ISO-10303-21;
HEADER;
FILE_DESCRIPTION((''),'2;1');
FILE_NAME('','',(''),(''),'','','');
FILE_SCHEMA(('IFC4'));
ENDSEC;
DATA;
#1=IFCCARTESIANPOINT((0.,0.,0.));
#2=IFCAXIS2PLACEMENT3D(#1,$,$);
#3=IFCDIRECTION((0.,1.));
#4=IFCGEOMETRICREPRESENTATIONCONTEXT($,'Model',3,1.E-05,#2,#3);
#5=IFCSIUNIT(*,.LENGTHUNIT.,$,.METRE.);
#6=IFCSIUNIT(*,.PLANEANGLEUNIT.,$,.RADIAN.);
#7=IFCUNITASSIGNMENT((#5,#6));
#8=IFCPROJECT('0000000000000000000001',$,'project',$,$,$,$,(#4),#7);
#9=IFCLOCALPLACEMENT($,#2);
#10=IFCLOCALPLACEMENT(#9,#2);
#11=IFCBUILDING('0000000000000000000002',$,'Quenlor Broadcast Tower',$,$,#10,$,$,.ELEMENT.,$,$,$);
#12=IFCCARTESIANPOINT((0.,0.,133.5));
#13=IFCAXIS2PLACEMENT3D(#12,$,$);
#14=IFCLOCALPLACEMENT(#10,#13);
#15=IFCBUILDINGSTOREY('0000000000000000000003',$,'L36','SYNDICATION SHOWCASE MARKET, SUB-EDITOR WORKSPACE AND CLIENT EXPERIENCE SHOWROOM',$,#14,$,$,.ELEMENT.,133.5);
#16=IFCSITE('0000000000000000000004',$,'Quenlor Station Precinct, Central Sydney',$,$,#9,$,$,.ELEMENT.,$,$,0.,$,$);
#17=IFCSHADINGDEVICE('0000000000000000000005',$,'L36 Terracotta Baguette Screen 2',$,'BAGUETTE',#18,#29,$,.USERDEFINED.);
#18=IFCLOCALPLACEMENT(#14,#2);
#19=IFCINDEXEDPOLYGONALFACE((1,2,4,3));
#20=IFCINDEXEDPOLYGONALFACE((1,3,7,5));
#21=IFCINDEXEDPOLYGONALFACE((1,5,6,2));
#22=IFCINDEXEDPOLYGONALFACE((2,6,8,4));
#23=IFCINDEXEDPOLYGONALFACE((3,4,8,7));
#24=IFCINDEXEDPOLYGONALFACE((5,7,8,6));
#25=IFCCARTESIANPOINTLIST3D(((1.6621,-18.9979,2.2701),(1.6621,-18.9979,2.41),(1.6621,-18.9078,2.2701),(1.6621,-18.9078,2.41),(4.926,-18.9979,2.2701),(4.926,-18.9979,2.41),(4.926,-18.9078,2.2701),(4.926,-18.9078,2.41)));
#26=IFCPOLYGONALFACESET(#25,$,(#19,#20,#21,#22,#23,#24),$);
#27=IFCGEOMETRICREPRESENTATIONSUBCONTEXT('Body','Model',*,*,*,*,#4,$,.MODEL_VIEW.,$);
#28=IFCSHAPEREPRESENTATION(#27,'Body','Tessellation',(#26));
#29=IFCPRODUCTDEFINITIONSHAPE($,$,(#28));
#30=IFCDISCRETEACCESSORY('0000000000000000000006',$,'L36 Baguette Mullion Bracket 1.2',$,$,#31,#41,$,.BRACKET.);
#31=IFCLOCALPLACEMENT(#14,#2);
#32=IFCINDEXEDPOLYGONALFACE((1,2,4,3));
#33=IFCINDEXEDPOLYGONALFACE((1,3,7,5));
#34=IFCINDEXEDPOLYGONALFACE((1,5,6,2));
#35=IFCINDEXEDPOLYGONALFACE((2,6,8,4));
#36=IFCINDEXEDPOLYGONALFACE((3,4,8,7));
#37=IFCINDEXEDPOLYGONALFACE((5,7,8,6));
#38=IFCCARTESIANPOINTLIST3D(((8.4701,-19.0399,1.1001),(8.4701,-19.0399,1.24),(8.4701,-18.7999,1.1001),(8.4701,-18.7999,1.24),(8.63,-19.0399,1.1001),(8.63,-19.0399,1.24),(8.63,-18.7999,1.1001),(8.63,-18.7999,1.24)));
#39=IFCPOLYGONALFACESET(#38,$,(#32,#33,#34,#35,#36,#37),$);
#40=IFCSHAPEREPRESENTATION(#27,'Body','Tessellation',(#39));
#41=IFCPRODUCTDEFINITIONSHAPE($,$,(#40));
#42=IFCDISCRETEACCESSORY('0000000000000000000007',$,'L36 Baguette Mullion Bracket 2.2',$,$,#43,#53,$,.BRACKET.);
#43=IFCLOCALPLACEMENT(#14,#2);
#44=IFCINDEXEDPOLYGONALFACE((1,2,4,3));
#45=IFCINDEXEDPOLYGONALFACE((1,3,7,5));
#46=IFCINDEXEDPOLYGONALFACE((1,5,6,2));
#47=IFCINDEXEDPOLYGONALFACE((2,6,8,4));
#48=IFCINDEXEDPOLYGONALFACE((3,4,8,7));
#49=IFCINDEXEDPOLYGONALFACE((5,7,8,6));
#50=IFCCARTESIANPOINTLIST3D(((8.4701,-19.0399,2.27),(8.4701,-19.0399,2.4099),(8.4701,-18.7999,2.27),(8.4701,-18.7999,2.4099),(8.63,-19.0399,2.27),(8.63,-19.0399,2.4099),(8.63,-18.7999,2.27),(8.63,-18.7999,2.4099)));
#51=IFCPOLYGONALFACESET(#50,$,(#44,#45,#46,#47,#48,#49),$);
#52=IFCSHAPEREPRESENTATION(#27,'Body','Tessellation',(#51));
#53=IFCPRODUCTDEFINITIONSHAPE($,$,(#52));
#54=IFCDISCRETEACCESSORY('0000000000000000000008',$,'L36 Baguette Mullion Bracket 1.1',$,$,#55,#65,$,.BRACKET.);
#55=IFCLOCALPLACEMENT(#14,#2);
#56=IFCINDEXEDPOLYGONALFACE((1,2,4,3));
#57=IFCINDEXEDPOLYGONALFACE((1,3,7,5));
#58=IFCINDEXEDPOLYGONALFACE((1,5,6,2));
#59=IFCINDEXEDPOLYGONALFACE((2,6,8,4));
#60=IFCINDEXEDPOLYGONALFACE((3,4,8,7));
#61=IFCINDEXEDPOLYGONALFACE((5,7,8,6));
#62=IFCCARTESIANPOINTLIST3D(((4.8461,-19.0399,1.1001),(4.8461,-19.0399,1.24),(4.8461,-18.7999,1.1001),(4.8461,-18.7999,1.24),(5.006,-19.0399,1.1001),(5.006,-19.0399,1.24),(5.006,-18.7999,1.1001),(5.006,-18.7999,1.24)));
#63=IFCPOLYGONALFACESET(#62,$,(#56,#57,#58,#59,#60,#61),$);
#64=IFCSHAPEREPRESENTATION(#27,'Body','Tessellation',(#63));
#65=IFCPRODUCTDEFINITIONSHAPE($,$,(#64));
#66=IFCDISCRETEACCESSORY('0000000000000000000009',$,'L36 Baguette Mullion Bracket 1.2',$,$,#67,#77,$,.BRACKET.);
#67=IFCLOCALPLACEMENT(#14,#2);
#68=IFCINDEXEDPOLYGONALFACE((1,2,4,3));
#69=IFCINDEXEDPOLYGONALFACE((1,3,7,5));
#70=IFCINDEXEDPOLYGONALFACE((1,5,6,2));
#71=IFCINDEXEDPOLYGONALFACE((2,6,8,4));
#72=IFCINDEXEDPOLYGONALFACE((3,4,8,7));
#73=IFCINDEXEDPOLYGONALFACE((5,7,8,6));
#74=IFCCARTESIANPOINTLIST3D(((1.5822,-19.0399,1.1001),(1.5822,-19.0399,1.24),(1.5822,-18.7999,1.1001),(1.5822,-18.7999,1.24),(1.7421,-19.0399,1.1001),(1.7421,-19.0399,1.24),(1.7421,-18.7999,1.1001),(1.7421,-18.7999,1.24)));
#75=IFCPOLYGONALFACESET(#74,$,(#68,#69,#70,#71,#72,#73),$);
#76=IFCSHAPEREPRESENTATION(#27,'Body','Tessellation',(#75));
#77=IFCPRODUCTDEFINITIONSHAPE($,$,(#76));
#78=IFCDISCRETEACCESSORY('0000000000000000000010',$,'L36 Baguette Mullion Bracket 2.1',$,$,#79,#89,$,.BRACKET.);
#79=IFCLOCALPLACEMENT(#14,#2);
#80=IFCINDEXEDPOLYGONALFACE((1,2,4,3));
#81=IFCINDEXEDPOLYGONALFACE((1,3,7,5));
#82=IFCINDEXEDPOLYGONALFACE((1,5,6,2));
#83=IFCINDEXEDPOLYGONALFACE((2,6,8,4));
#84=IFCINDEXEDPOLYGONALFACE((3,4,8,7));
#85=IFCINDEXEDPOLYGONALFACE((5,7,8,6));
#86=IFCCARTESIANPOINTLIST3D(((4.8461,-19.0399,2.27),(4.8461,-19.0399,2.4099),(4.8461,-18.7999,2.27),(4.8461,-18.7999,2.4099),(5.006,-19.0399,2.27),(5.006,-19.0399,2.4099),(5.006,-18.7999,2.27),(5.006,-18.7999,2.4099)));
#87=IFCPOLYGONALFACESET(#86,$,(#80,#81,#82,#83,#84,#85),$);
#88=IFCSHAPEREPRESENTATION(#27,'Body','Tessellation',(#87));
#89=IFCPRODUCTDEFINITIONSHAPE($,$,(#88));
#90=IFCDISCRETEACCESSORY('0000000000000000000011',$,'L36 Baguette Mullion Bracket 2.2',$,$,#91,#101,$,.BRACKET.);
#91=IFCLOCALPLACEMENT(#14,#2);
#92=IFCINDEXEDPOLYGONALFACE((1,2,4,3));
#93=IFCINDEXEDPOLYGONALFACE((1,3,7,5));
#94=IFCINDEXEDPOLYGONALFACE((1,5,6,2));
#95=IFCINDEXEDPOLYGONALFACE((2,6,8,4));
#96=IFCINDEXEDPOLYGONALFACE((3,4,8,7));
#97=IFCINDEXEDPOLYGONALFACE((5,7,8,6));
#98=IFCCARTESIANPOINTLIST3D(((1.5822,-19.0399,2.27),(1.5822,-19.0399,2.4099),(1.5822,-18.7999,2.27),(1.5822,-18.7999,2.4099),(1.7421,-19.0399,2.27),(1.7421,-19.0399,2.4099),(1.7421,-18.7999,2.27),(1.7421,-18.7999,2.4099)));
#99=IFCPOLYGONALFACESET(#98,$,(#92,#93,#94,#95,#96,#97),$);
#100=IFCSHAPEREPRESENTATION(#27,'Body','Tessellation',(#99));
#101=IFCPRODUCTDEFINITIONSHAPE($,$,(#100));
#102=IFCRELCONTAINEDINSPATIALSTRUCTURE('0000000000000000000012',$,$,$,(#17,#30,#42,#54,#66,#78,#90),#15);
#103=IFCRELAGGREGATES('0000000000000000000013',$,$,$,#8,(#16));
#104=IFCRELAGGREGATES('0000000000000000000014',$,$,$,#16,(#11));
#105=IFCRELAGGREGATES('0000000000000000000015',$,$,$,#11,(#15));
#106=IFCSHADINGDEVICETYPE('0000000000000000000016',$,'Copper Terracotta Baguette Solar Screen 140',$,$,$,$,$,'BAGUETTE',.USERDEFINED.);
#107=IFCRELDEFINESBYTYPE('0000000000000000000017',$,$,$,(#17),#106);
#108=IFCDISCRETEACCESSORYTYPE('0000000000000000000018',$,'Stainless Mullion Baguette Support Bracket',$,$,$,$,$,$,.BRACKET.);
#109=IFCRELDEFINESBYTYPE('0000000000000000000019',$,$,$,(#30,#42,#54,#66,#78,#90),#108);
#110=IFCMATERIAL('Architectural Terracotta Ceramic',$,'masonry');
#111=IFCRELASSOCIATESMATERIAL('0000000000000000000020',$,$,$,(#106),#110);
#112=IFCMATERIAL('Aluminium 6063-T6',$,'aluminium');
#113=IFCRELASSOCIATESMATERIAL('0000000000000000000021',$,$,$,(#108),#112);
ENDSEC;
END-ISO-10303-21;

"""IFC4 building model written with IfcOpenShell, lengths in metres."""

from ifc_helpers import new_model, si_unit, direction, frame, origin, origin_2d, place, context, subcontext, project, spatial, rectangle, extrude, material, material_profile, profile_set, type_object, element, save


model = new_model("IFC4")

# Units and contexts
model_context = context("Model", 3, precision=1e-05, world=origin(), true_north=direction((0.0, 1.0)))
body_context = subcontext(model_context, "Body", "Model", "MODEL_VIEW")
ifc_project = project(units=[si_unit("LENGTHUNIT", "METRE"), si_unit("PLANEANGLEUNIT", "RADIAN")], contexts=[model_context])

# Site, building, storey
site_placement = place(None, origin())
site = spatial("IfcSite", under=ifc_project, at=site_placement, Name="Quenlor Station Precinct, Central Sydney", CompositionType="ELEMENT", RefElevation=0.0)
building_placement = place(site_placement, origin())
building = spatial("IfcBuilding", under=site, at=building_placement, Name="Quenlor Broadcast Tower", CompositionType="ELEMENT")
storey_placement = place(building_placement, frame((0.0, 0.0, 133.5)))
storey = spatial("IfcBuildingStorey", under=building, at=storey_placement, Name="L36", Description="SYNDICATION SHOWCASE MARKET, SUB-EDITOR WORKSPACE AND CLIENT EXPERIENCE SHOWROOM", CompositionType="ELEMENT", Elevation=133.5)

# Shading device
ifc_material_1 = material(Name="Architectural Terracotta Ceramic", Category="masonry")
ifc_material_profile_1 = material_profile(ifc_material_1, rectangle(XDim=0.0901, YDim=0.1399, at=origin_2d()))
ifc_profile_set_1 = profile_set([ifc_material_profile_1], Name="Architectural Terracotta Ceramic BAG90x140")
shading_device_type = type_object("IfcShadingDeviceType", Name="Copper Terracotta Baguette Solar Screen 140", ElementType="BAGUETTE", PredefinedType="USERDEFINED", material=ifc_profile_set_1)
for number, where, z_axis, x_axis, name in (
    (1, (4.926, -18.9529, 2.3401), (-1.0, 0.0, 0.0), (0.0, -1.0, 0.0), "L36 Terracotta Baguette Screen 2"),
):
    element("IfcShadingDevice", number, at=place(storey_placement, frame(where, z_axis=z_axis, x_axis=x_axis)), inside=storey, type_object=shading_device_type, Name=name, ObjectType="BAGUETTE", PredefinedType="USERDEFINED", context=body_context, shape_type="SweptSolid", body=[
        extrude(rectangle(XDim=0.0901, YDim=0.1399, at=origin_2d()), origin(), (0.0, 0.0, 1.0), 3.2639),
    ])

# Discrete accessories
ifc_material_2 = material(Name="Aluminium 6063-T6", Category="aluminium")
discrete_accessory_type = type_object("IfcDiscreteAccessoryType", Name="Stainless Mullion Baguette Support Bracket", PredefinedType="BRACKET", material=ifc_material_2)
for number, where, z_axis, x_axis, name in (
    (2, (8.55, -18.9199, 1.1001), (0.0, 0.0, 1.0), (-1.0, 0.0, 0.0), "L36 Baguette Mullion Bracket 1.2"),
    (3, (8.55, -18.9199, 2.27), (0.0, 0.0, 1.0), (-1.0, 0.0, 0.0), "L36 Baguette Mullion Bracket 2.2"),
    (4, (4.926, -18.9199, 1.1001), (0.0, 0.0, 1.0), (-1.0, 0.0, 0.0), "L36 Baguette Mullion Bracket 1.1"),
    (5, (1.6621, -18.9199, 1.1001), (0.0, 0.0, 1.0), (-1.0, 0.0, 0.0), "L36 Baguette Mullion Bracket 1.2"),
    (6, (4.926, -18.9199, 2.27), (0.0, 0.0, 1.0), (-1.0, 0.0, 0.0), "L36 Baguette Mullion Bracket 2.1"),
    (7, (1.6621, -18.9199, 2.27), (0.0, 0.0, 1.0), (-1.0, 0.0, 0.0), "L36 Baguette Mullion Bracket 2.2"),
):
    element("IfcDiscreteAccessory", number, at=place(storey_placement, frame(where, z_axis=z_axis, x_axis=x_axis)), inside=storey, type_object=discrete_accessory_type, Name=name, PredefinedType="BRACKET", context=body_context, shape_type="SweptSolid", body=[
        extrude(rectangle(XDim=0.1599, YDim=0.24, at=origin_2d()), origin(), (0.0, 0.0, 1.0), 0.1399),
    ])

save(model, "model.ifc")
